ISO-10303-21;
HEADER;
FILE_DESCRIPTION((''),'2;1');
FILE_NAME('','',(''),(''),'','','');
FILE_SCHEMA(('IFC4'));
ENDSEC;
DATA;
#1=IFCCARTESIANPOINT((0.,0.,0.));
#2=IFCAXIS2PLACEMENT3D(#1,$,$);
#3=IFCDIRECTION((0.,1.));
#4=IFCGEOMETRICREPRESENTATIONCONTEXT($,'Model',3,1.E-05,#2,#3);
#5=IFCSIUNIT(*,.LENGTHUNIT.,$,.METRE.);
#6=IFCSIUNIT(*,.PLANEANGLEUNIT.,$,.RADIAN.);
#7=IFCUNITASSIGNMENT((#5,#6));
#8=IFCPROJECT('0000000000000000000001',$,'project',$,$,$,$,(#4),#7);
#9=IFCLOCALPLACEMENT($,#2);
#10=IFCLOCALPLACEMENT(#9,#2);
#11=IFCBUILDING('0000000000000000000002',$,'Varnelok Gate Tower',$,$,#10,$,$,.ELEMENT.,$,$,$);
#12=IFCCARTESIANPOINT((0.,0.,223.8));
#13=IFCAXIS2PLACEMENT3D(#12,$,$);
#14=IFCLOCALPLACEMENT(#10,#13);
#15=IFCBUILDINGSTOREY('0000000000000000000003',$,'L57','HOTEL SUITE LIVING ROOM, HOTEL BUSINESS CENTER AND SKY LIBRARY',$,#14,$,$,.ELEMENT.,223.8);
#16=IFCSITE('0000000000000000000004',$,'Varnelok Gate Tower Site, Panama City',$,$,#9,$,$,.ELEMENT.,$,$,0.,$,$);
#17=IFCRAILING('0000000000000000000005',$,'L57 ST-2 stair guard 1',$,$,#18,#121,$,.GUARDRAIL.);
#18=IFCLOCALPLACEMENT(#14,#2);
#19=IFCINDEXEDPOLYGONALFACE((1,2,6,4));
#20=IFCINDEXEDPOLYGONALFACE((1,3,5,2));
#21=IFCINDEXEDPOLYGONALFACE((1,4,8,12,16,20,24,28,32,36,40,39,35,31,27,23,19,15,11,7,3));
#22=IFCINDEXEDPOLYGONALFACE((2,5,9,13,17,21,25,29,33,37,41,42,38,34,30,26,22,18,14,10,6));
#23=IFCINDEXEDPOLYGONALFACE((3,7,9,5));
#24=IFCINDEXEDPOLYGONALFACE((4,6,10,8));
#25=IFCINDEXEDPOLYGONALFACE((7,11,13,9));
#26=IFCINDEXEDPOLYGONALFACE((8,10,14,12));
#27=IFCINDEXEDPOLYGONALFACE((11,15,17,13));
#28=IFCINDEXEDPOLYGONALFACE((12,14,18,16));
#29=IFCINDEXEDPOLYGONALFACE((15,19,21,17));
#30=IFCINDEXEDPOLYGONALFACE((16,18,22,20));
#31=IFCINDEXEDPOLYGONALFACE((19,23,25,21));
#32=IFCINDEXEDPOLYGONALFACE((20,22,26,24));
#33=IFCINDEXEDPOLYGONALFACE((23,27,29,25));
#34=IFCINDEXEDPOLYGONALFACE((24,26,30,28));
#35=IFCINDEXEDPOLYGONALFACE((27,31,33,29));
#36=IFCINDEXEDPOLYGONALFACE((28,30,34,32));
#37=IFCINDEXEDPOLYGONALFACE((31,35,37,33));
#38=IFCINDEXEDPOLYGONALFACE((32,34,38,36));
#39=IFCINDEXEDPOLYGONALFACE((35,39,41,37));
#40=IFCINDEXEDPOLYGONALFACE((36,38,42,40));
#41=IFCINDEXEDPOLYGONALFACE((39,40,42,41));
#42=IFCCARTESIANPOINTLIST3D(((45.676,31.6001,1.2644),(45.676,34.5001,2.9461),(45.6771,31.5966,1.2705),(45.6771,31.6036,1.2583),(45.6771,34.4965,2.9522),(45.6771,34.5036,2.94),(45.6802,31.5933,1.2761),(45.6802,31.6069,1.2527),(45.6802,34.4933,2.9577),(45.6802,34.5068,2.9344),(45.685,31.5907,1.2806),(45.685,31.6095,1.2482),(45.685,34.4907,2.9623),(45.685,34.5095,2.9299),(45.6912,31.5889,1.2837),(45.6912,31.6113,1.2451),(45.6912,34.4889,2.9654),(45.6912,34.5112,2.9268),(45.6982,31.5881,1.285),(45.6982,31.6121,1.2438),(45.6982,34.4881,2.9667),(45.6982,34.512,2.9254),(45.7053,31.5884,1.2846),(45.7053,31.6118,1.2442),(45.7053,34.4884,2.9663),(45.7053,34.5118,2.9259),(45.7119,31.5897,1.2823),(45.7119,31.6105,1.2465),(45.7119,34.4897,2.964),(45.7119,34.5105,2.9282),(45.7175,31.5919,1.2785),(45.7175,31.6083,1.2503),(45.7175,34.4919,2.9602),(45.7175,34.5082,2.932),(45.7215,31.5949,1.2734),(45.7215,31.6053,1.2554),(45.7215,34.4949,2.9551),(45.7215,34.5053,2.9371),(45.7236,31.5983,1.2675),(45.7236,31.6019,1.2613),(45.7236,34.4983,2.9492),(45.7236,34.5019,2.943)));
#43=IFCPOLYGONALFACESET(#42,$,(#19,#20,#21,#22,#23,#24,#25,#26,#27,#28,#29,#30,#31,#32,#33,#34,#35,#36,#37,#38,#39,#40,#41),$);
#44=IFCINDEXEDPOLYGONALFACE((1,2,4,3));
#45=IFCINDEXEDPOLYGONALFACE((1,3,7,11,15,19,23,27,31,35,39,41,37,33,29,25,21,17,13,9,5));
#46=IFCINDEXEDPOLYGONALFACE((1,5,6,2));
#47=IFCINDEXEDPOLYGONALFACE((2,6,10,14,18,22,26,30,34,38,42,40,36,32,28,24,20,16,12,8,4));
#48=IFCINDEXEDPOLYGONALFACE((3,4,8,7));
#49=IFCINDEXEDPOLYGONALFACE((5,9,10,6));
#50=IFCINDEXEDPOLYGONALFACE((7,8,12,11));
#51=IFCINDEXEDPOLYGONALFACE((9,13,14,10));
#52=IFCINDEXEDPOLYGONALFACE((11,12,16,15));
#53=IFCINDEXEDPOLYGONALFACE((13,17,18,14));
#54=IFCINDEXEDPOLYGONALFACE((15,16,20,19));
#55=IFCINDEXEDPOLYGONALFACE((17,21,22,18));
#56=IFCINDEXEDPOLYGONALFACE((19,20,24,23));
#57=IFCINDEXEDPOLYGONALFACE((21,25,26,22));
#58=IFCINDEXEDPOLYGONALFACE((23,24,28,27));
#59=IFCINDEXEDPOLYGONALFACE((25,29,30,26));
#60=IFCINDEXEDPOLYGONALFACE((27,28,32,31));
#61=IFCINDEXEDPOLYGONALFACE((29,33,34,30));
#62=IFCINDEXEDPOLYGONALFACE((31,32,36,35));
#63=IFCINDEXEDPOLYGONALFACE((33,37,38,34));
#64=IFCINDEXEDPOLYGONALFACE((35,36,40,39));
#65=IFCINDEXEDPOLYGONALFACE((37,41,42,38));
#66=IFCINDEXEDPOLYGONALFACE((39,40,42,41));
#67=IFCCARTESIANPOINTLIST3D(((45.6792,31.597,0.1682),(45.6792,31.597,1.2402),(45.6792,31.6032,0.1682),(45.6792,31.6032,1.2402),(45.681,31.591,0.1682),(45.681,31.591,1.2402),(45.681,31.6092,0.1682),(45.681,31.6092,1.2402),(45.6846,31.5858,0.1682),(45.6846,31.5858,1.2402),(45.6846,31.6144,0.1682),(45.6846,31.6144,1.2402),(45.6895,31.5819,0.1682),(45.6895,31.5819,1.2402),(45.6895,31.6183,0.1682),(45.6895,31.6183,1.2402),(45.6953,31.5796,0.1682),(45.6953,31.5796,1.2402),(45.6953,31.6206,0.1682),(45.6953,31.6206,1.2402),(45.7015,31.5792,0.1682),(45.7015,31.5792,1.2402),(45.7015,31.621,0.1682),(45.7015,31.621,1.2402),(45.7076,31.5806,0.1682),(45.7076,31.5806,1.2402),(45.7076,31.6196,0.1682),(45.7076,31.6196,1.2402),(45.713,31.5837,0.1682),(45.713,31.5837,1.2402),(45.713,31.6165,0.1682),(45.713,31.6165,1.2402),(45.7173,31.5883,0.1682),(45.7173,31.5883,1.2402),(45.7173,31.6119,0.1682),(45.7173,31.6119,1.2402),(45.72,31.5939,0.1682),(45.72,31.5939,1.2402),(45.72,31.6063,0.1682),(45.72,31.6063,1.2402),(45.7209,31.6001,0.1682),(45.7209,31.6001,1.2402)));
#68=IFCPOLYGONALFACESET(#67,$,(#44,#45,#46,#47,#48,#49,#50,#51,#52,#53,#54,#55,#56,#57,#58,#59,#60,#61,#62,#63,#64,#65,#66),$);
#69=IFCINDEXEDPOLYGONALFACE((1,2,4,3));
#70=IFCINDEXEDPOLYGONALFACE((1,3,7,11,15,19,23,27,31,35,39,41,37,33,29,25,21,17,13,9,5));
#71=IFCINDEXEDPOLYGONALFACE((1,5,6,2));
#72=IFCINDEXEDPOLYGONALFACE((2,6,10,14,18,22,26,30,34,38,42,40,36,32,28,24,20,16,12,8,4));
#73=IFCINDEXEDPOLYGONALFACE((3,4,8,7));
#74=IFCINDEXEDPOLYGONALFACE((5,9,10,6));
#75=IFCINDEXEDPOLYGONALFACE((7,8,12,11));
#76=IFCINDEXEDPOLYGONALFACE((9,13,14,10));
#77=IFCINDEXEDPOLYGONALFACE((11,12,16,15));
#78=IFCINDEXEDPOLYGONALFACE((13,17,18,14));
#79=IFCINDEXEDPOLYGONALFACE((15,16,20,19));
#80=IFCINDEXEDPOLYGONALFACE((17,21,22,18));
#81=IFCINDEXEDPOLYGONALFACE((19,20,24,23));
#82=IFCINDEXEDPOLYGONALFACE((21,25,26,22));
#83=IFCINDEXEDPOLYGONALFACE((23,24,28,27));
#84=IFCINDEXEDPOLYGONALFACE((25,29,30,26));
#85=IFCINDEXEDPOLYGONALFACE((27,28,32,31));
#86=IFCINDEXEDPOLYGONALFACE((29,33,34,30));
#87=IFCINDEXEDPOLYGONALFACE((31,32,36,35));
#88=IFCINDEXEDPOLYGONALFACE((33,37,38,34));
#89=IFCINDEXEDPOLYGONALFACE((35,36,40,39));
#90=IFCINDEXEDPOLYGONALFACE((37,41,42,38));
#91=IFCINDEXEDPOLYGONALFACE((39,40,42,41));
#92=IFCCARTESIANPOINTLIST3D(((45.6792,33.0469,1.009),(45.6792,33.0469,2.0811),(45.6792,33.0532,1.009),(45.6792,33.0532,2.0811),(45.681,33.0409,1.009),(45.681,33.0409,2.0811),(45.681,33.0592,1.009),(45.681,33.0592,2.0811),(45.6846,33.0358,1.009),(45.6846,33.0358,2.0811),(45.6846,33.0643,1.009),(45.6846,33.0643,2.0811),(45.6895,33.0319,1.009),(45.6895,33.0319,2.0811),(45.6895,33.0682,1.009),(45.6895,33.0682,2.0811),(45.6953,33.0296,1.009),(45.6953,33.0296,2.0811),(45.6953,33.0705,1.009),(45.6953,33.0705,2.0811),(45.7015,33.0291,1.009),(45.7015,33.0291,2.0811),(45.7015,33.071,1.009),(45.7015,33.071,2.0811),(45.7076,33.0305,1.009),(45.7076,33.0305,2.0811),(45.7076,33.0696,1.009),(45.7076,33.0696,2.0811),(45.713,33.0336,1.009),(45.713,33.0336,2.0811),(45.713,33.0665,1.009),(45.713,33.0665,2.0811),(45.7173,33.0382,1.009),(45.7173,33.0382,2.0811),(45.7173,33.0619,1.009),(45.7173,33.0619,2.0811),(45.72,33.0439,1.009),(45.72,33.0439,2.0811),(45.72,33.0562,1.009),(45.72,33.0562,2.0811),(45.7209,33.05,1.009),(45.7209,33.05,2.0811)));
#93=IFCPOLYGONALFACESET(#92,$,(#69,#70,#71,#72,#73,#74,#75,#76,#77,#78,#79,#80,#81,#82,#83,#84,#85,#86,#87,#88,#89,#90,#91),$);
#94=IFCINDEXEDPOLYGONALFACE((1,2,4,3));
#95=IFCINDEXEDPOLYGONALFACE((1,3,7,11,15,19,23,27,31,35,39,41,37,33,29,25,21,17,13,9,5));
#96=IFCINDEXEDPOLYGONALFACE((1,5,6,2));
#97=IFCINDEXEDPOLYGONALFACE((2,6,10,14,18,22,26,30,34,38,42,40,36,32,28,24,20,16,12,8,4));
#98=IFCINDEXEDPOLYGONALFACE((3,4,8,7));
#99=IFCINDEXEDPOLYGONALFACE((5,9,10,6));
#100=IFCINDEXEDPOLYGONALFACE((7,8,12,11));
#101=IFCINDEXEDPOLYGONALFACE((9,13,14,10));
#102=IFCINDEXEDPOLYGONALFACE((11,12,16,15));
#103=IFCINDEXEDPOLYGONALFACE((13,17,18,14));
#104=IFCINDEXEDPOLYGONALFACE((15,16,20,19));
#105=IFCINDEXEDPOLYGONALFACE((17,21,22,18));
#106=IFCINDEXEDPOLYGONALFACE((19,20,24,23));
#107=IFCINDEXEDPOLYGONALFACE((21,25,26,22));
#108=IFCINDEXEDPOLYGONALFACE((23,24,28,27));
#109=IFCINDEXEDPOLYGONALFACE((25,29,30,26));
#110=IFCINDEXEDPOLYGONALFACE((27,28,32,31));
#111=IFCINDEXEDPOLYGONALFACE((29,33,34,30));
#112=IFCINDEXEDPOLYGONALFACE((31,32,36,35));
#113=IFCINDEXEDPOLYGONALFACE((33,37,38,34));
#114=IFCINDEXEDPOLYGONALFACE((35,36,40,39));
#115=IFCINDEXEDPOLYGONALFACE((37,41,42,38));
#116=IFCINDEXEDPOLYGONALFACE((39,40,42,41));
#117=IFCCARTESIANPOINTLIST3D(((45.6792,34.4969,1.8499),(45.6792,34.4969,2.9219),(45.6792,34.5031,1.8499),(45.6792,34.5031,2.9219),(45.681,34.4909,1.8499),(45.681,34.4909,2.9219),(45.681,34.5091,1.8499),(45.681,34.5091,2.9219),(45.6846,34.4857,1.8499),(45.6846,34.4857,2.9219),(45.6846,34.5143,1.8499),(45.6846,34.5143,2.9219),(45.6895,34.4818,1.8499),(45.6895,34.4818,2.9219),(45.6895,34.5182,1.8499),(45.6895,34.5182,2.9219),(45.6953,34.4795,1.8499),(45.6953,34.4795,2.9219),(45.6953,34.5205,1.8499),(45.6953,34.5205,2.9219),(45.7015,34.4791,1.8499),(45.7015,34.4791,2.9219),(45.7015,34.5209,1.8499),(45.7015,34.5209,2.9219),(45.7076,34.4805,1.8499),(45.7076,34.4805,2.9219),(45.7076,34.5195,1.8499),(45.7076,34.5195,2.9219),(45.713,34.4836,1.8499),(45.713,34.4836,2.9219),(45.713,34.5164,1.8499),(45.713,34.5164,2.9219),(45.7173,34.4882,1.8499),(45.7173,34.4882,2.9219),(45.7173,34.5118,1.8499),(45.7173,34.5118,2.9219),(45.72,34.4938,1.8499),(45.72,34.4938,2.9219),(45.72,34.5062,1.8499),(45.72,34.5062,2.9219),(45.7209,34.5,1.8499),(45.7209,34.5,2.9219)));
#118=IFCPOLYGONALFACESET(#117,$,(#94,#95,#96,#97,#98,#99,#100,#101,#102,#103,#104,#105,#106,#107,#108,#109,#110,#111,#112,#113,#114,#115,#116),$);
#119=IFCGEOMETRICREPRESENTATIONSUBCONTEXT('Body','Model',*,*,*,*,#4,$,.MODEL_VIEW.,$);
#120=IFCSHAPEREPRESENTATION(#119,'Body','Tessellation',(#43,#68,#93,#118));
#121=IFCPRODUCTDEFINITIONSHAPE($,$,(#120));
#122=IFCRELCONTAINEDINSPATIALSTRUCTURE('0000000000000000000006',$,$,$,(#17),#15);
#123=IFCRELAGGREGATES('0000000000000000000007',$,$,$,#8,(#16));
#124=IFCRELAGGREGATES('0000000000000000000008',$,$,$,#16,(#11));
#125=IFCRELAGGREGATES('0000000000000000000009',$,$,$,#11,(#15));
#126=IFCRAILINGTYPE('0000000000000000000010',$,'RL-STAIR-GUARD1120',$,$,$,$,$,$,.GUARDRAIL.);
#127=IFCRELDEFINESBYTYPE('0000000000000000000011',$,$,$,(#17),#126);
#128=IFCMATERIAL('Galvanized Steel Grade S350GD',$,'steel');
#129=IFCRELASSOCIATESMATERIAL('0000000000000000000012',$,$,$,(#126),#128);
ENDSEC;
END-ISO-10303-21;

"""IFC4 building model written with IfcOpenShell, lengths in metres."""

from ifc_helpers import new_model, si_unit, direction, frame, origin, origin_2d, place, context, subcontext, project, spatial, circle, extrude, material, type_object, element, save


model = new_model("IFC4")

# Units and contexts
model_context = context("Model", 3, precision=1e-05, world=origin(), true_north=direction((0.0, 1.0)))
body_context = subcontext(model_context, "Body", "Model", "MODEL_VIEW")
ifc_project = project(units=[si_unit("LENGTHUNIT", "METRE"), si_unit("PLANEANGLEUNIT", "RADIAN")], contexts=[model_context])

# Site, building, storey
site_placement = place(None, origin())
site = spatial("IfcSite", under=ifc_project, at=site_placement, Name="Varnelok Gate Tower Site, Panama City", CompositionType="ELEMENT", RefElevation=0.0)
building_placement = place(site_placement, origin())
building = spatial("IfcBuilding", under=site, at=building_placement, Name="Varnelok Gate Tower", CompositionType="ELEMENT")
storey_placement = place(building_placement, frame((0.0, 0.0, 223.8)))
storey = spatial("IfcBuildingStorey", under=building, at=storey_placement, Name="L57", Description="HOTEL SUITE LIVING ROOM, HOTEL BUSINESS CENTER AND SKY LIBRARY", CompositionType="ELEMENT", Elevation=223.8)

# Shared definitions
ifc_material_1 = material(Name="Galvanized Steel Grade S350GD", Category="steel")

# Railing
railing_type_1 = type_object("IfcRailingType", Name="RL-STAIR-GUARD1120", PredefinedType="GUARDRAIL", material=ifc_material_1)
railing_1_placement = place(storey_placement, frame((45.7, 31.6001, 0.1682)))
element("IfcRailing", 1, at=railing_1_placement, inside=storey, type_object=railing_type_1, Name="L57 ST-2 stair guard 1", PredefinedType="GUARDRAIL", context=body_context, shape_type="SweptSolid", body=[
    extrude(circle(Radius=0.0239, at=origin_2d()), frame((0.0, 0.0, 1.0962), z_axis=(0.0, 0.86507, 0.501651), x_axis=(-1.0, 0.0, 0.0)), (0.0, 0.0, 1.0), 3.3523),
    extrude(circle(Radius=0.021, at=origin_2d()), origin(), (0.0, 0.0, 1.0), 1.072),
    extrude(circle(Radius=0.021, at=origin_2d()), frame((0.0, 1.45, 0.8408)), (0.0, 0.0, 1.0), 1.072),
    extrude(circle(Radius=0.021, at=origin_2d()), frame((0.0, 2.8999, 1.6816)), (0.0, 0.0, 1.0), 1.072),
])

save(model, "model.ifc")
